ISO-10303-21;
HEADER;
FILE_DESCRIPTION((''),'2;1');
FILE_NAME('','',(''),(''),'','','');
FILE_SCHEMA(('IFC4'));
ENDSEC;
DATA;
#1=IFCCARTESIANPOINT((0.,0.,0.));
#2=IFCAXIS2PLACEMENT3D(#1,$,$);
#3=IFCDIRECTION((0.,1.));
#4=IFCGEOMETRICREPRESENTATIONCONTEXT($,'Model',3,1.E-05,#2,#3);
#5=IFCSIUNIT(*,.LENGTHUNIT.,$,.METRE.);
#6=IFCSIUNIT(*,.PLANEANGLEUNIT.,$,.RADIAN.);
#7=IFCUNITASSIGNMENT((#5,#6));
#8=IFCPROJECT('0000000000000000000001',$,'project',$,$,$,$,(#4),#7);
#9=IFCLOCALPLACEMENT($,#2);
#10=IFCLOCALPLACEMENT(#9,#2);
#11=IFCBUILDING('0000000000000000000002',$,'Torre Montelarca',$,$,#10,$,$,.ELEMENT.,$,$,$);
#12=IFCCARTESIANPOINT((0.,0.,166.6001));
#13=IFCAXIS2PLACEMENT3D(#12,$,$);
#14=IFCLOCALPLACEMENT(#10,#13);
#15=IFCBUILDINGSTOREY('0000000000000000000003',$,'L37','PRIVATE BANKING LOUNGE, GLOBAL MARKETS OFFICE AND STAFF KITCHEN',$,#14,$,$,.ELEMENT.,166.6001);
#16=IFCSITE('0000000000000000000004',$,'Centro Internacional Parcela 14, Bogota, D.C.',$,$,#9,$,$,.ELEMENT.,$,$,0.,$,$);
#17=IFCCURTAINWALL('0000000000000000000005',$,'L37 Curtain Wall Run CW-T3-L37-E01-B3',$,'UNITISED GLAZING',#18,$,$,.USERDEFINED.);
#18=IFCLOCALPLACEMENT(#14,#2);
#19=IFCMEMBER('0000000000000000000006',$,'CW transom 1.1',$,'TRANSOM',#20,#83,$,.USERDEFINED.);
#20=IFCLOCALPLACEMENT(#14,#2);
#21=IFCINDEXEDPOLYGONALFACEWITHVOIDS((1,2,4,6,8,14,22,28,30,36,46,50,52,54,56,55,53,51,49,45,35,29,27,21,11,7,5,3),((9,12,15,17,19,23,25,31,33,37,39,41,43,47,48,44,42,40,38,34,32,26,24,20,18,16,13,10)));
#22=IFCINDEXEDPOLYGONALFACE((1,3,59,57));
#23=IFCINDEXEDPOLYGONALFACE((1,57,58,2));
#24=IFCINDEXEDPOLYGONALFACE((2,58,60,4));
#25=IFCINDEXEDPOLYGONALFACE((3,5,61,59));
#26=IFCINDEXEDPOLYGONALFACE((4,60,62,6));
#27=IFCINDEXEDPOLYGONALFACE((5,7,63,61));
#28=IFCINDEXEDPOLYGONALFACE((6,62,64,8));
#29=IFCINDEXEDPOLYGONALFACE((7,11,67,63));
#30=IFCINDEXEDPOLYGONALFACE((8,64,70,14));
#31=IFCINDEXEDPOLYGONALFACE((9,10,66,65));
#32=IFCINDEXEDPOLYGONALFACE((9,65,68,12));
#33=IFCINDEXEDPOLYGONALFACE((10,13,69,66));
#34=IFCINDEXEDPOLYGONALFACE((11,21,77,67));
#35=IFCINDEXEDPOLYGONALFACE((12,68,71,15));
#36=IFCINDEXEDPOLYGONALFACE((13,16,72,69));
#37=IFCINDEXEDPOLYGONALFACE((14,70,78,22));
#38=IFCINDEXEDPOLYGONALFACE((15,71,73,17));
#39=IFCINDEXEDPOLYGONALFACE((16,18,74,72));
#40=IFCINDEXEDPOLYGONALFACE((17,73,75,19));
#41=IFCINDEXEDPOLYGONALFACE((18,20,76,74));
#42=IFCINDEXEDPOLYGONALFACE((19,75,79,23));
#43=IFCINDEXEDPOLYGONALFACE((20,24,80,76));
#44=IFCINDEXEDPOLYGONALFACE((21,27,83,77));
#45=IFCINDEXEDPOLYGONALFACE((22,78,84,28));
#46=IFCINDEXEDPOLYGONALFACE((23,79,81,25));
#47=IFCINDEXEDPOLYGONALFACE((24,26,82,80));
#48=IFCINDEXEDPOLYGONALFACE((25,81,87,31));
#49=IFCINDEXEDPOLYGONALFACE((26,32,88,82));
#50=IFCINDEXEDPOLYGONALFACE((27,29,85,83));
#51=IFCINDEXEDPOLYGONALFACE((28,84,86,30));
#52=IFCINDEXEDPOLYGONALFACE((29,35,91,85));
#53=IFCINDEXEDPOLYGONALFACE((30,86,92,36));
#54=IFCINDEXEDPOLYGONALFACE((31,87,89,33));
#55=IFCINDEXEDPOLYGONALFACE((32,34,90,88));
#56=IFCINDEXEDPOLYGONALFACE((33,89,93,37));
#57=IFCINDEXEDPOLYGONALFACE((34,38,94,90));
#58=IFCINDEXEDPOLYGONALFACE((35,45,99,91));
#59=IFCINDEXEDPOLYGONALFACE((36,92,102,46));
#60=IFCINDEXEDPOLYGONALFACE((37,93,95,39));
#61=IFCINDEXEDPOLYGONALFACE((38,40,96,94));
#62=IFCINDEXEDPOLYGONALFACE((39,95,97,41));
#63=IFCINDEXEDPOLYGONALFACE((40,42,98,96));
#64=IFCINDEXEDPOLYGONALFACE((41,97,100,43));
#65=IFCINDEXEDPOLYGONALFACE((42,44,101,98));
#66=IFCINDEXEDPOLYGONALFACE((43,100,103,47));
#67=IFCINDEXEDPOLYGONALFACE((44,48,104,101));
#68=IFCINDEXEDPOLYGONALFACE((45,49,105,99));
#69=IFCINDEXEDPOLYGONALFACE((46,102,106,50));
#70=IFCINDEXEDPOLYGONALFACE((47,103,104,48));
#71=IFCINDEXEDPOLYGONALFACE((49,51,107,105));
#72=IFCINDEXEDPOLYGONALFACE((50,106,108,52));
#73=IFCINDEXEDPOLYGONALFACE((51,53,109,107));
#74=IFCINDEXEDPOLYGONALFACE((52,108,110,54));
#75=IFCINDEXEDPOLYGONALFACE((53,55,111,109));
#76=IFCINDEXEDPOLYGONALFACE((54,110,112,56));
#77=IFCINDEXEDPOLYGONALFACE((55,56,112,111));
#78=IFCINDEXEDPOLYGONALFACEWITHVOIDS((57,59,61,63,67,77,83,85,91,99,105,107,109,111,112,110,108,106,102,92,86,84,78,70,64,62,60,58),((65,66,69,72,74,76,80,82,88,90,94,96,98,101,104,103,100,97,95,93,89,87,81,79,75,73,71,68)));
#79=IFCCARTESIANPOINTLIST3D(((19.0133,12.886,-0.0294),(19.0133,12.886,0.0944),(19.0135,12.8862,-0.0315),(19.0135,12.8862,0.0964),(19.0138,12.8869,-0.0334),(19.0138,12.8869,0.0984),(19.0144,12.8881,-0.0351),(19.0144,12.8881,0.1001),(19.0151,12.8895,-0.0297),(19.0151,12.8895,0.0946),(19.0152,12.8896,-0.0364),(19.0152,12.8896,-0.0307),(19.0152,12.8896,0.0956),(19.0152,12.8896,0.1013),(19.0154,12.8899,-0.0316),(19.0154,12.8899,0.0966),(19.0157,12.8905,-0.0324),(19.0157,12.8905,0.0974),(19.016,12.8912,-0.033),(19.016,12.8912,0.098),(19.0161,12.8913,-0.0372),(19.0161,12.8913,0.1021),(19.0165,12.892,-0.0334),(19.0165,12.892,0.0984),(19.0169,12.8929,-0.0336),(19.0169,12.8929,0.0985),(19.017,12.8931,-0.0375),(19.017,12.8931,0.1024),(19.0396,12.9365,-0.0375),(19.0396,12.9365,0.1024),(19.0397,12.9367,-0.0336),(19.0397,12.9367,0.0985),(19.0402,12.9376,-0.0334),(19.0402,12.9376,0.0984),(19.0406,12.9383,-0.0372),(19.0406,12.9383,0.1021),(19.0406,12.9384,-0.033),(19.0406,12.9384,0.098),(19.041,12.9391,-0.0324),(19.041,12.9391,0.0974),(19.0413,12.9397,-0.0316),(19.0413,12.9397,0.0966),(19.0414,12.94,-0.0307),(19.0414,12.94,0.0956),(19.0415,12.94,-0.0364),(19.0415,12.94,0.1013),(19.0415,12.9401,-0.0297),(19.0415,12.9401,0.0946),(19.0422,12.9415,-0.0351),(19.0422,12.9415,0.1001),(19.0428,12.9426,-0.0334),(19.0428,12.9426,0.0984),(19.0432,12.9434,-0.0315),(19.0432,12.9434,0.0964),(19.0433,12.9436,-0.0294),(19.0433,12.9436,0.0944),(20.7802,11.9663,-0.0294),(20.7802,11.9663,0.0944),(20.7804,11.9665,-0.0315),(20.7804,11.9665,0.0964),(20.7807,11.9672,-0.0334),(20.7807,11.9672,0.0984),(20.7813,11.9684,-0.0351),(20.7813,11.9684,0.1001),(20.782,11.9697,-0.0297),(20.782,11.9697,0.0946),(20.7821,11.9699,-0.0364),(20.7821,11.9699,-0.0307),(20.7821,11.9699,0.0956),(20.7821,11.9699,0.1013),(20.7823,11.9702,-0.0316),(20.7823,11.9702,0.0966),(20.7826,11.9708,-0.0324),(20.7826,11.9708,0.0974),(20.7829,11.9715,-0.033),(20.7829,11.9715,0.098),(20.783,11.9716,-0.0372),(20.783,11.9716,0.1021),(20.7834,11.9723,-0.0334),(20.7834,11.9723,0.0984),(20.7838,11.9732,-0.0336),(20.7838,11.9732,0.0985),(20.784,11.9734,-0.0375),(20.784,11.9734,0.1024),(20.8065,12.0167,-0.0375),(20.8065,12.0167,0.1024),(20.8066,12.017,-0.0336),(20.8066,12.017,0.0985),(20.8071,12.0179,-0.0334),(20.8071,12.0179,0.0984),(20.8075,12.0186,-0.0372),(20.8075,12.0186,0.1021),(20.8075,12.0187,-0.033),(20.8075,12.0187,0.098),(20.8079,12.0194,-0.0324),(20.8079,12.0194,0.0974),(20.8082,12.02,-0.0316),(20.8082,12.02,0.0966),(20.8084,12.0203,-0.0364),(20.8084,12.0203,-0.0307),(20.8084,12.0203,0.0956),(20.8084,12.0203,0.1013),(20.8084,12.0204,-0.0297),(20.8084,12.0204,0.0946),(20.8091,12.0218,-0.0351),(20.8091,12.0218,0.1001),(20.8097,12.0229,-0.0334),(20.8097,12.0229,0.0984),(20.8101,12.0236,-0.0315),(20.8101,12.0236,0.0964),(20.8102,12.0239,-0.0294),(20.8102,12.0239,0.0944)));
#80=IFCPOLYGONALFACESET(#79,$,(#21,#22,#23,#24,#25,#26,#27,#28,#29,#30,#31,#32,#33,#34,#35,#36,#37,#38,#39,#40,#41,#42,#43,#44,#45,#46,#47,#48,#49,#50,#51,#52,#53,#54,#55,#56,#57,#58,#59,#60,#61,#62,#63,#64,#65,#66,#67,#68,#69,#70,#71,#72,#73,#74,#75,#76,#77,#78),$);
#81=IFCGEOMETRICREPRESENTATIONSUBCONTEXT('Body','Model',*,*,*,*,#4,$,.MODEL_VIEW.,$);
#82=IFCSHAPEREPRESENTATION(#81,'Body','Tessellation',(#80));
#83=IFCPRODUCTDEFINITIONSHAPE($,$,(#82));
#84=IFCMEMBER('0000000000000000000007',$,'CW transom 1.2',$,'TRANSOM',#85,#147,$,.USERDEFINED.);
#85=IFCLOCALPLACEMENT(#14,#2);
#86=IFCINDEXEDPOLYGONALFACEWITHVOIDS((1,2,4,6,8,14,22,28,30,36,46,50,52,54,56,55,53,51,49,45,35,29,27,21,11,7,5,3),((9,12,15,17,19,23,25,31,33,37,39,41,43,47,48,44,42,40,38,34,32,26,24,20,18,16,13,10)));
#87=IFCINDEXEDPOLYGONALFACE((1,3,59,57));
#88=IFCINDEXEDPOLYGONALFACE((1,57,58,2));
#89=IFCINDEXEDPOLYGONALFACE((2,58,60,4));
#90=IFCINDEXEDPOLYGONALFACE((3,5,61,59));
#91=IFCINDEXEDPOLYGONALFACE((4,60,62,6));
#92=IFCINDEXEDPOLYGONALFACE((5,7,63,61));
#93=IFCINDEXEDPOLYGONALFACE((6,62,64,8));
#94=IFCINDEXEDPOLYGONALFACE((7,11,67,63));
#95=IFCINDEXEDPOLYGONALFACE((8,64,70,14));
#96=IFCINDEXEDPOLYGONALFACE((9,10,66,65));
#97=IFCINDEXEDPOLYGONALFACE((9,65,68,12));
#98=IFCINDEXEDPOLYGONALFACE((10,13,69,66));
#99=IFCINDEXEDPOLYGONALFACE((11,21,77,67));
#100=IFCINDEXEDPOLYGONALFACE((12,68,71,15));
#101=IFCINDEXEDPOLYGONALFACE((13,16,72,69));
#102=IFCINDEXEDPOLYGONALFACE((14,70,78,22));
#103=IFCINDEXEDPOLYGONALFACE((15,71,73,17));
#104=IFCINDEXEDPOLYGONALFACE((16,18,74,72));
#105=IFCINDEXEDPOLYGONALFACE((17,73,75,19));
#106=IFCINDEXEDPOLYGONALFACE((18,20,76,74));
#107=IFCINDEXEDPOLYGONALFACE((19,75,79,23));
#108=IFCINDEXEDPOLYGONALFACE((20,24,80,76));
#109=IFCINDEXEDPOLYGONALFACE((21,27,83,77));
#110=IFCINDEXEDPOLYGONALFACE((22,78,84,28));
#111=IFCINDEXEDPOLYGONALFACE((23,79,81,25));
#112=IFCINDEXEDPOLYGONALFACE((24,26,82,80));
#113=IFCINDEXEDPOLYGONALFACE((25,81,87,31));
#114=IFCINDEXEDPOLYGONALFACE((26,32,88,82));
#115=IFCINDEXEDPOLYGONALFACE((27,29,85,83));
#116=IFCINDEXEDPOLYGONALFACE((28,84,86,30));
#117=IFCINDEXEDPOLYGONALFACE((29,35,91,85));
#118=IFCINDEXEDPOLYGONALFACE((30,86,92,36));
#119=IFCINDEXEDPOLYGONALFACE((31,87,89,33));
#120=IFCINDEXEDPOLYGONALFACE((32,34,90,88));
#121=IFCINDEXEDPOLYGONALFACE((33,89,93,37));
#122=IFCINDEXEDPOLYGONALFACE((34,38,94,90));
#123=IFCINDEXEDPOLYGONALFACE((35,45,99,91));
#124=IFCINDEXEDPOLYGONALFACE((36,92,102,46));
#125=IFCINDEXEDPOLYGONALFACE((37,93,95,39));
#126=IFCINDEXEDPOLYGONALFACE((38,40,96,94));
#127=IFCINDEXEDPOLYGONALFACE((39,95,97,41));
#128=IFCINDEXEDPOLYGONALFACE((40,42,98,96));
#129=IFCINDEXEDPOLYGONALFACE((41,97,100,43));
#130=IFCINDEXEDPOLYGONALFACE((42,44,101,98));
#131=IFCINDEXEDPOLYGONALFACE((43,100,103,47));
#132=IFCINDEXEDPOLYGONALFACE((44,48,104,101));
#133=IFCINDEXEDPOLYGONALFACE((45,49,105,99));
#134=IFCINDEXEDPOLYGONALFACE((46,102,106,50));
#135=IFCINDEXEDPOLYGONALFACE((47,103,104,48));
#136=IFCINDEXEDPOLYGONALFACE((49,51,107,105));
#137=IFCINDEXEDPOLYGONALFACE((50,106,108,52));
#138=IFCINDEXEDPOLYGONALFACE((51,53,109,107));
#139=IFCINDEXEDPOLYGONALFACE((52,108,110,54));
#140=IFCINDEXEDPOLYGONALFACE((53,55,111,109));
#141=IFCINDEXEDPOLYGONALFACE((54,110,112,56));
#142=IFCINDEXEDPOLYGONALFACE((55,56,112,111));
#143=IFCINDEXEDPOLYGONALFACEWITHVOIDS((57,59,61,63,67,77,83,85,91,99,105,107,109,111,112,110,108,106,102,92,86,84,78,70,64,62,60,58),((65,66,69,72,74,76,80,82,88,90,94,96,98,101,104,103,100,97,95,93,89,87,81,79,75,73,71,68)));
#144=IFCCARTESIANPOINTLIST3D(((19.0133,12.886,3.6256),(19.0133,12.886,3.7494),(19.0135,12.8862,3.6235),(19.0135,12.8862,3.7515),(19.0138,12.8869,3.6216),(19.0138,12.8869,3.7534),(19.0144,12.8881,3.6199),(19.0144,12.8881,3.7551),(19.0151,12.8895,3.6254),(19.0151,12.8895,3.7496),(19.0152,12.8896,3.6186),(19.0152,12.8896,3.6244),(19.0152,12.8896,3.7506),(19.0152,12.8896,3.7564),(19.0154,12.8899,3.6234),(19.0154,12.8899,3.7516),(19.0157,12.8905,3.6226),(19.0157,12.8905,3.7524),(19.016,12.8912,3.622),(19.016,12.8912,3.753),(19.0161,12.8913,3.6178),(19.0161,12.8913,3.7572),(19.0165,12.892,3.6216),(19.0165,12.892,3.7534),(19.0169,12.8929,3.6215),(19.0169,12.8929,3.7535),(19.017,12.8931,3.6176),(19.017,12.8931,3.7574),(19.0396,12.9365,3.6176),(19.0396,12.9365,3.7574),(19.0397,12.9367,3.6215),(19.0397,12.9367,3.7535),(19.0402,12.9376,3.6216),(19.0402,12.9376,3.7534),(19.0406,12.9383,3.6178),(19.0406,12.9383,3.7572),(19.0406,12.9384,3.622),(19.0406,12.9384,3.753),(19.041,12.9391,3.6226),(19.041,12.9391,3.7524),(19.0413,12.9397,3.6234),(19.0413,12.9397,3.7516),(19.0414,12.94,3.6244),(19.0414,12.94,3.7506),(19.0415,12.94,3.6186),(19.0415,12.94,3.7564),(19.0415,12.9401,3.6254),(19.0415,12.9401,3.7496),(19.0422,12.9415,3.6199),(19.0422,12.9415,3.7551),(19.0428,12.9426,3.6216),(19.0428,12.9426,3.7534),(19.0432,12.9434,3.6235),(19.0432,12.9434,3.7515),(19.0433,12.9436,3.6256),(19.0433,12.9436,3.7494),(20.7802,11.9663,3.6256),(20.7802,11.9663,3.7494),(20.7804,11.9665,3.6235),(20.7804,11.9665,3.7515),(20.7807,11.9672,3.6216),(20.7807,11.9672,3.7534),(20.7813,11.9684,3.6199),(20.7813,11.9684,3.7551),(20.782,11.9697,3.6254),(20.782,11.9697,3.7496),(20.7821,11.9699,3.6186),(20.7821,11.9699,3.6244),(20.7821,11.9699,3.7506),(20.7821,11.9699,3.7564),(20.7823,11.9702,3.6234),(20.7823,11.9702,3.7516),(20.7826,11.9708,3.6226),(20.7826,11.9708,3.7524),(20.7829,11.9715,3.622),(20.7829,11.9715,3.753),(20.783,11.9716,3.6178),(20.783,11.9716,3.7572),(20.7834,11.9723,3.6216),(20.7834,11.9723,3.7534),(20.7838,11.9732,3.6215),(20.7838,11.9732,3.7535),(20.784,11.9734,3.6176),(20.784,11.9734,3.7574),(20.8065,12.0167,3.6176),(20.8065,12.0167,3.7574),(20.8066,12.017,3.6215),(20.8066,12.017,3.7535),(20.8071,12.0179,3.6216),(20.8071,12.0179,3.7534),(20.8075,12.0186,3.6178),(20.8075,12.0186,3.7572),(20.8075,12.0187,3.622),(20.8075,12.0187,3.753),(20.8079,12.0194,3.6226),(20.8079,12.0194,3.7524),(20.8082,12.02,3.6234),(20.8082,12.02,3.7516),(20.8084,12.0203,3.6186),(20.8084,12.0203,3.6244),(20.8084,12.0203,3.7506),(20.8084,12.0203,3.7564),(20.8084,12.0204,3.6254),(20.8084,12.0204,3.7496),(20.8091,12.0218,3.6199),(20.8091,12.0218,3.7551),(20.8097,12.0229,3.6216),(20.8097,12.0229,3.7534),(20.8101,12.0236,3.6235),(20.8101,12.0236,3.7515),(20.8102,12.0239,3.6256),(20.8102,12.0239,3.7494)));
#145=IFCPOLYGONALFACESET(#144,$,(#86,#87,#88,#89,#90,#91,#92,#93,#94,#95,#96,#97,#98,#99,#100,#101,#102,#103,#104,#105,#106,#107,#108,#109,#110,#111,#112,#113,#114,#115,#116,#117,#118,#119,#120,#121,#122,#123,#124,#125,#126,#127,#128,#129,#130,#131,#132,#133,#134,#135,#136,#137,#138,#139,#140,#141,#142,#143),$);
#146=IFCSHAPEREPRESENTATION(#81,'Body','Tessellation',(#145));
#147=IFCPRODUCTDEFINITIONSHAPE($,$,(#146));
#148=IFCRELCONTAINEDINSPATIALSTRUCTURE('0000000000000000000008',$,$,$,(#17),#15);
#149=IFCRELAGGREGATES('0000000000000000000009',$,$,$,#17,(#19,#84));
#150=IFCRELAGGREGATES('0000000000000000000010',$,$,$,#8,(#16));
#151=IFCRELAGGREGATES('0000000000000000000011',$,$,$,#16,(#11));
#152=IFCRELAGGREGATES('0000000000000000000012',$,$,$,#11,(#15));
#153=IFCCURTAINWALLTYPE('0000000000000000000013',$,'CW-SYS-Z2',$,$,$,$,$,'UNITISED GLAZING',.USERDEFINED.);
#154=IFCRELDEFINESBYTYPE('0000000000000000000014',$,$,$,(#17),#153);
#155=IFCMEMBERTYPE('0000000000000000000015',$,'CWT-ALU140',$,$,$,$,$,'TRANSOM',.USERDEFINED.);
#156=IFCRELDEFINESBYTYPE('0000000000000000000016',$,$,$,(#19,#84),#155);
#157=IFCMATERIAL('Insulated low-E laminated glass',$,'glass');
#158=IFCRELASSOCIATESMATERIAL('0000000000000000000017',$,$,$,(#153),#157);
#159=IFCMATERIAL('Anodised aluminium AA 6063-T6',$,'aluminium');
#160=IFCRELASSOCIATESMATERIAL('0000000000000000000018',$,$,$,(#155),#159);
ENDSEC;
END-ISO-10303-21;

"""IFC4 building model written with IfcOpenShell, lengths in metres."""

from ifc_helpers import new_model, si_unit, direction, frame, origin, origin_2d, place, context, subcontext, project, spatial, hollow_rectangle, extrude, source, transform, mapped, material, material_profile, profile_set, type_object, element, aggregate, save


model = new_model("IFC4")

# Units and contexts
model_context = context("Model", 3, precision=1e-05, world=origin(), true_north=direction((0.0, 1.0)))
body_context = subcontext(model_context, "Body", "Model", "MODEL_VIEW")
ifc_project = project(units=[si_unit("LENGTHUNIT", "METRE"), si_unit("PLANEANGLEUNIT", "RADIAN")], contexts=[model_context])

# Site, building, storey
site_placement = place(None, origin())
site = spatial("IfcSite", under=ifc_project, at=site_placement, Name="Centro Internacional Parcela 14, Bogota, D.C.", CompositionType="ELEMENT", RefElevation=0.0)
building_placement = place(site_placement, origin())
building = spatial("IfcBuilding", under=site, at=building_placement, Name="Torre Montelarca", CompositionType="ELEMENT")
storey_placement = place(building_placement, frame((0.0, 0.0, 166.6001)))
storey = spatial("IfcBuildingStorey", under=building, at=storey_placement, Name="L37", Description="PRIVATE BANKING LOUNGE, GLOBAL MARKETS OFFICE AND STAFF KITCHEN", CompositionType="ELEMENT", Elevation=166.6001)

# Curtain wall
ifc_material_1 = material(Name="Insulated low-E laminated glass", Category="glass")
curtain_wall_type = type_object("IfcCurtainWallType", Name="CW-SYS-Z2", ElementType="UNITISED GLAZING", PredefinedType="USERDEFINED", material=ifc_material_1)
ifc_material_2 = material(Name="Anodised aluminium AA 6063-T6", Category="aluminium")
curtain_wall_1_placement = place(storey_placement, origin())
curtain_wall_1 = element("IfcCurtainWall", 1, at=curtain_wall_1_placement, inside=storey, type_object=curtain_wall_type, Name="L37 Curtain Wall Run CW-T3-L37-E01-B3", ObjectType="UNITISED GLAZING", PredefinedType="USERDEFINED")

# Members
ifc_material_profile_1 = material_profile(ifc_material_2, hollow_rectangle(XDim=0.0649, YDim=0.1399, WallThickness=0.0039, InnerFilletRadius=0.0039, OuterFilletRadius=0.0081, at=origin_2d()), Name="ALU65X140X4", Category="aluminium")
ifc_profile_set_1 = profile_set([ifc_material_profile_1], Name="Anodised aluminium AA 6063-T6")
member_type_1 = type_object("IfcMemberType", Name="CWT-ALU140", ElementType="TRANSOM", PredefinedType="USERDEFINED", material=ifc_profile_set_1)
shared_shape_1 = source(origin(), body_context, "Body", "SweptSolid", [
    extrude(hollow_rectangle(XDim=0.0649, YDim=0.1399, WallThickness=0.0039, InnerFilletRadius=0.0039, OuterFilletRadius=0.0081, at=origin_2d()), origin(), (0.0, 0.0, 1.0), 1.9919),
])
member_1_placement = place(storey_placement, frame((19.0283, 12.9148, 0.0325), z_axis=(0.887028, -0.461715, 0.0), x_axis=(0.461715, 0.887028, 0.0)))
member_1 = element("IfcMember", 2, at=member_1_placement, type_object=member_type_1, Name="CW transom 1.1", ObjectType="TRANSOM", PredefinedType="USERDEFINED", context=body_context, shape_type="MappedRepresentation", body=[
    mapped(shared_shape_1, transform((0.0, 0.0, 0.0), scale=1.0)),
])
member_2_placement = place(storey_placement, frame((19.0283, 12.9148, 3.6875), z_axis=(0.887028, -0.461715, 0.0), x_axis=(0.461715, 0.887028, 0.0)))
member_2 = element("IfcMember", 3, at=member_2_placement, type_object=member_type_1, Name="CW transom 1.2", ObjectType="TRANSOM", PredefinedType="USERDEFINED", context=body_context, shape_type="MappedRepresentation", body=[
    mapped(shared_shape_1, transform((0.0, 0.0, 0.0), scale=1.0)),
])

aggregate(curtain_wall_1, [member_1, member_2])

save(model, "model.ifc")
